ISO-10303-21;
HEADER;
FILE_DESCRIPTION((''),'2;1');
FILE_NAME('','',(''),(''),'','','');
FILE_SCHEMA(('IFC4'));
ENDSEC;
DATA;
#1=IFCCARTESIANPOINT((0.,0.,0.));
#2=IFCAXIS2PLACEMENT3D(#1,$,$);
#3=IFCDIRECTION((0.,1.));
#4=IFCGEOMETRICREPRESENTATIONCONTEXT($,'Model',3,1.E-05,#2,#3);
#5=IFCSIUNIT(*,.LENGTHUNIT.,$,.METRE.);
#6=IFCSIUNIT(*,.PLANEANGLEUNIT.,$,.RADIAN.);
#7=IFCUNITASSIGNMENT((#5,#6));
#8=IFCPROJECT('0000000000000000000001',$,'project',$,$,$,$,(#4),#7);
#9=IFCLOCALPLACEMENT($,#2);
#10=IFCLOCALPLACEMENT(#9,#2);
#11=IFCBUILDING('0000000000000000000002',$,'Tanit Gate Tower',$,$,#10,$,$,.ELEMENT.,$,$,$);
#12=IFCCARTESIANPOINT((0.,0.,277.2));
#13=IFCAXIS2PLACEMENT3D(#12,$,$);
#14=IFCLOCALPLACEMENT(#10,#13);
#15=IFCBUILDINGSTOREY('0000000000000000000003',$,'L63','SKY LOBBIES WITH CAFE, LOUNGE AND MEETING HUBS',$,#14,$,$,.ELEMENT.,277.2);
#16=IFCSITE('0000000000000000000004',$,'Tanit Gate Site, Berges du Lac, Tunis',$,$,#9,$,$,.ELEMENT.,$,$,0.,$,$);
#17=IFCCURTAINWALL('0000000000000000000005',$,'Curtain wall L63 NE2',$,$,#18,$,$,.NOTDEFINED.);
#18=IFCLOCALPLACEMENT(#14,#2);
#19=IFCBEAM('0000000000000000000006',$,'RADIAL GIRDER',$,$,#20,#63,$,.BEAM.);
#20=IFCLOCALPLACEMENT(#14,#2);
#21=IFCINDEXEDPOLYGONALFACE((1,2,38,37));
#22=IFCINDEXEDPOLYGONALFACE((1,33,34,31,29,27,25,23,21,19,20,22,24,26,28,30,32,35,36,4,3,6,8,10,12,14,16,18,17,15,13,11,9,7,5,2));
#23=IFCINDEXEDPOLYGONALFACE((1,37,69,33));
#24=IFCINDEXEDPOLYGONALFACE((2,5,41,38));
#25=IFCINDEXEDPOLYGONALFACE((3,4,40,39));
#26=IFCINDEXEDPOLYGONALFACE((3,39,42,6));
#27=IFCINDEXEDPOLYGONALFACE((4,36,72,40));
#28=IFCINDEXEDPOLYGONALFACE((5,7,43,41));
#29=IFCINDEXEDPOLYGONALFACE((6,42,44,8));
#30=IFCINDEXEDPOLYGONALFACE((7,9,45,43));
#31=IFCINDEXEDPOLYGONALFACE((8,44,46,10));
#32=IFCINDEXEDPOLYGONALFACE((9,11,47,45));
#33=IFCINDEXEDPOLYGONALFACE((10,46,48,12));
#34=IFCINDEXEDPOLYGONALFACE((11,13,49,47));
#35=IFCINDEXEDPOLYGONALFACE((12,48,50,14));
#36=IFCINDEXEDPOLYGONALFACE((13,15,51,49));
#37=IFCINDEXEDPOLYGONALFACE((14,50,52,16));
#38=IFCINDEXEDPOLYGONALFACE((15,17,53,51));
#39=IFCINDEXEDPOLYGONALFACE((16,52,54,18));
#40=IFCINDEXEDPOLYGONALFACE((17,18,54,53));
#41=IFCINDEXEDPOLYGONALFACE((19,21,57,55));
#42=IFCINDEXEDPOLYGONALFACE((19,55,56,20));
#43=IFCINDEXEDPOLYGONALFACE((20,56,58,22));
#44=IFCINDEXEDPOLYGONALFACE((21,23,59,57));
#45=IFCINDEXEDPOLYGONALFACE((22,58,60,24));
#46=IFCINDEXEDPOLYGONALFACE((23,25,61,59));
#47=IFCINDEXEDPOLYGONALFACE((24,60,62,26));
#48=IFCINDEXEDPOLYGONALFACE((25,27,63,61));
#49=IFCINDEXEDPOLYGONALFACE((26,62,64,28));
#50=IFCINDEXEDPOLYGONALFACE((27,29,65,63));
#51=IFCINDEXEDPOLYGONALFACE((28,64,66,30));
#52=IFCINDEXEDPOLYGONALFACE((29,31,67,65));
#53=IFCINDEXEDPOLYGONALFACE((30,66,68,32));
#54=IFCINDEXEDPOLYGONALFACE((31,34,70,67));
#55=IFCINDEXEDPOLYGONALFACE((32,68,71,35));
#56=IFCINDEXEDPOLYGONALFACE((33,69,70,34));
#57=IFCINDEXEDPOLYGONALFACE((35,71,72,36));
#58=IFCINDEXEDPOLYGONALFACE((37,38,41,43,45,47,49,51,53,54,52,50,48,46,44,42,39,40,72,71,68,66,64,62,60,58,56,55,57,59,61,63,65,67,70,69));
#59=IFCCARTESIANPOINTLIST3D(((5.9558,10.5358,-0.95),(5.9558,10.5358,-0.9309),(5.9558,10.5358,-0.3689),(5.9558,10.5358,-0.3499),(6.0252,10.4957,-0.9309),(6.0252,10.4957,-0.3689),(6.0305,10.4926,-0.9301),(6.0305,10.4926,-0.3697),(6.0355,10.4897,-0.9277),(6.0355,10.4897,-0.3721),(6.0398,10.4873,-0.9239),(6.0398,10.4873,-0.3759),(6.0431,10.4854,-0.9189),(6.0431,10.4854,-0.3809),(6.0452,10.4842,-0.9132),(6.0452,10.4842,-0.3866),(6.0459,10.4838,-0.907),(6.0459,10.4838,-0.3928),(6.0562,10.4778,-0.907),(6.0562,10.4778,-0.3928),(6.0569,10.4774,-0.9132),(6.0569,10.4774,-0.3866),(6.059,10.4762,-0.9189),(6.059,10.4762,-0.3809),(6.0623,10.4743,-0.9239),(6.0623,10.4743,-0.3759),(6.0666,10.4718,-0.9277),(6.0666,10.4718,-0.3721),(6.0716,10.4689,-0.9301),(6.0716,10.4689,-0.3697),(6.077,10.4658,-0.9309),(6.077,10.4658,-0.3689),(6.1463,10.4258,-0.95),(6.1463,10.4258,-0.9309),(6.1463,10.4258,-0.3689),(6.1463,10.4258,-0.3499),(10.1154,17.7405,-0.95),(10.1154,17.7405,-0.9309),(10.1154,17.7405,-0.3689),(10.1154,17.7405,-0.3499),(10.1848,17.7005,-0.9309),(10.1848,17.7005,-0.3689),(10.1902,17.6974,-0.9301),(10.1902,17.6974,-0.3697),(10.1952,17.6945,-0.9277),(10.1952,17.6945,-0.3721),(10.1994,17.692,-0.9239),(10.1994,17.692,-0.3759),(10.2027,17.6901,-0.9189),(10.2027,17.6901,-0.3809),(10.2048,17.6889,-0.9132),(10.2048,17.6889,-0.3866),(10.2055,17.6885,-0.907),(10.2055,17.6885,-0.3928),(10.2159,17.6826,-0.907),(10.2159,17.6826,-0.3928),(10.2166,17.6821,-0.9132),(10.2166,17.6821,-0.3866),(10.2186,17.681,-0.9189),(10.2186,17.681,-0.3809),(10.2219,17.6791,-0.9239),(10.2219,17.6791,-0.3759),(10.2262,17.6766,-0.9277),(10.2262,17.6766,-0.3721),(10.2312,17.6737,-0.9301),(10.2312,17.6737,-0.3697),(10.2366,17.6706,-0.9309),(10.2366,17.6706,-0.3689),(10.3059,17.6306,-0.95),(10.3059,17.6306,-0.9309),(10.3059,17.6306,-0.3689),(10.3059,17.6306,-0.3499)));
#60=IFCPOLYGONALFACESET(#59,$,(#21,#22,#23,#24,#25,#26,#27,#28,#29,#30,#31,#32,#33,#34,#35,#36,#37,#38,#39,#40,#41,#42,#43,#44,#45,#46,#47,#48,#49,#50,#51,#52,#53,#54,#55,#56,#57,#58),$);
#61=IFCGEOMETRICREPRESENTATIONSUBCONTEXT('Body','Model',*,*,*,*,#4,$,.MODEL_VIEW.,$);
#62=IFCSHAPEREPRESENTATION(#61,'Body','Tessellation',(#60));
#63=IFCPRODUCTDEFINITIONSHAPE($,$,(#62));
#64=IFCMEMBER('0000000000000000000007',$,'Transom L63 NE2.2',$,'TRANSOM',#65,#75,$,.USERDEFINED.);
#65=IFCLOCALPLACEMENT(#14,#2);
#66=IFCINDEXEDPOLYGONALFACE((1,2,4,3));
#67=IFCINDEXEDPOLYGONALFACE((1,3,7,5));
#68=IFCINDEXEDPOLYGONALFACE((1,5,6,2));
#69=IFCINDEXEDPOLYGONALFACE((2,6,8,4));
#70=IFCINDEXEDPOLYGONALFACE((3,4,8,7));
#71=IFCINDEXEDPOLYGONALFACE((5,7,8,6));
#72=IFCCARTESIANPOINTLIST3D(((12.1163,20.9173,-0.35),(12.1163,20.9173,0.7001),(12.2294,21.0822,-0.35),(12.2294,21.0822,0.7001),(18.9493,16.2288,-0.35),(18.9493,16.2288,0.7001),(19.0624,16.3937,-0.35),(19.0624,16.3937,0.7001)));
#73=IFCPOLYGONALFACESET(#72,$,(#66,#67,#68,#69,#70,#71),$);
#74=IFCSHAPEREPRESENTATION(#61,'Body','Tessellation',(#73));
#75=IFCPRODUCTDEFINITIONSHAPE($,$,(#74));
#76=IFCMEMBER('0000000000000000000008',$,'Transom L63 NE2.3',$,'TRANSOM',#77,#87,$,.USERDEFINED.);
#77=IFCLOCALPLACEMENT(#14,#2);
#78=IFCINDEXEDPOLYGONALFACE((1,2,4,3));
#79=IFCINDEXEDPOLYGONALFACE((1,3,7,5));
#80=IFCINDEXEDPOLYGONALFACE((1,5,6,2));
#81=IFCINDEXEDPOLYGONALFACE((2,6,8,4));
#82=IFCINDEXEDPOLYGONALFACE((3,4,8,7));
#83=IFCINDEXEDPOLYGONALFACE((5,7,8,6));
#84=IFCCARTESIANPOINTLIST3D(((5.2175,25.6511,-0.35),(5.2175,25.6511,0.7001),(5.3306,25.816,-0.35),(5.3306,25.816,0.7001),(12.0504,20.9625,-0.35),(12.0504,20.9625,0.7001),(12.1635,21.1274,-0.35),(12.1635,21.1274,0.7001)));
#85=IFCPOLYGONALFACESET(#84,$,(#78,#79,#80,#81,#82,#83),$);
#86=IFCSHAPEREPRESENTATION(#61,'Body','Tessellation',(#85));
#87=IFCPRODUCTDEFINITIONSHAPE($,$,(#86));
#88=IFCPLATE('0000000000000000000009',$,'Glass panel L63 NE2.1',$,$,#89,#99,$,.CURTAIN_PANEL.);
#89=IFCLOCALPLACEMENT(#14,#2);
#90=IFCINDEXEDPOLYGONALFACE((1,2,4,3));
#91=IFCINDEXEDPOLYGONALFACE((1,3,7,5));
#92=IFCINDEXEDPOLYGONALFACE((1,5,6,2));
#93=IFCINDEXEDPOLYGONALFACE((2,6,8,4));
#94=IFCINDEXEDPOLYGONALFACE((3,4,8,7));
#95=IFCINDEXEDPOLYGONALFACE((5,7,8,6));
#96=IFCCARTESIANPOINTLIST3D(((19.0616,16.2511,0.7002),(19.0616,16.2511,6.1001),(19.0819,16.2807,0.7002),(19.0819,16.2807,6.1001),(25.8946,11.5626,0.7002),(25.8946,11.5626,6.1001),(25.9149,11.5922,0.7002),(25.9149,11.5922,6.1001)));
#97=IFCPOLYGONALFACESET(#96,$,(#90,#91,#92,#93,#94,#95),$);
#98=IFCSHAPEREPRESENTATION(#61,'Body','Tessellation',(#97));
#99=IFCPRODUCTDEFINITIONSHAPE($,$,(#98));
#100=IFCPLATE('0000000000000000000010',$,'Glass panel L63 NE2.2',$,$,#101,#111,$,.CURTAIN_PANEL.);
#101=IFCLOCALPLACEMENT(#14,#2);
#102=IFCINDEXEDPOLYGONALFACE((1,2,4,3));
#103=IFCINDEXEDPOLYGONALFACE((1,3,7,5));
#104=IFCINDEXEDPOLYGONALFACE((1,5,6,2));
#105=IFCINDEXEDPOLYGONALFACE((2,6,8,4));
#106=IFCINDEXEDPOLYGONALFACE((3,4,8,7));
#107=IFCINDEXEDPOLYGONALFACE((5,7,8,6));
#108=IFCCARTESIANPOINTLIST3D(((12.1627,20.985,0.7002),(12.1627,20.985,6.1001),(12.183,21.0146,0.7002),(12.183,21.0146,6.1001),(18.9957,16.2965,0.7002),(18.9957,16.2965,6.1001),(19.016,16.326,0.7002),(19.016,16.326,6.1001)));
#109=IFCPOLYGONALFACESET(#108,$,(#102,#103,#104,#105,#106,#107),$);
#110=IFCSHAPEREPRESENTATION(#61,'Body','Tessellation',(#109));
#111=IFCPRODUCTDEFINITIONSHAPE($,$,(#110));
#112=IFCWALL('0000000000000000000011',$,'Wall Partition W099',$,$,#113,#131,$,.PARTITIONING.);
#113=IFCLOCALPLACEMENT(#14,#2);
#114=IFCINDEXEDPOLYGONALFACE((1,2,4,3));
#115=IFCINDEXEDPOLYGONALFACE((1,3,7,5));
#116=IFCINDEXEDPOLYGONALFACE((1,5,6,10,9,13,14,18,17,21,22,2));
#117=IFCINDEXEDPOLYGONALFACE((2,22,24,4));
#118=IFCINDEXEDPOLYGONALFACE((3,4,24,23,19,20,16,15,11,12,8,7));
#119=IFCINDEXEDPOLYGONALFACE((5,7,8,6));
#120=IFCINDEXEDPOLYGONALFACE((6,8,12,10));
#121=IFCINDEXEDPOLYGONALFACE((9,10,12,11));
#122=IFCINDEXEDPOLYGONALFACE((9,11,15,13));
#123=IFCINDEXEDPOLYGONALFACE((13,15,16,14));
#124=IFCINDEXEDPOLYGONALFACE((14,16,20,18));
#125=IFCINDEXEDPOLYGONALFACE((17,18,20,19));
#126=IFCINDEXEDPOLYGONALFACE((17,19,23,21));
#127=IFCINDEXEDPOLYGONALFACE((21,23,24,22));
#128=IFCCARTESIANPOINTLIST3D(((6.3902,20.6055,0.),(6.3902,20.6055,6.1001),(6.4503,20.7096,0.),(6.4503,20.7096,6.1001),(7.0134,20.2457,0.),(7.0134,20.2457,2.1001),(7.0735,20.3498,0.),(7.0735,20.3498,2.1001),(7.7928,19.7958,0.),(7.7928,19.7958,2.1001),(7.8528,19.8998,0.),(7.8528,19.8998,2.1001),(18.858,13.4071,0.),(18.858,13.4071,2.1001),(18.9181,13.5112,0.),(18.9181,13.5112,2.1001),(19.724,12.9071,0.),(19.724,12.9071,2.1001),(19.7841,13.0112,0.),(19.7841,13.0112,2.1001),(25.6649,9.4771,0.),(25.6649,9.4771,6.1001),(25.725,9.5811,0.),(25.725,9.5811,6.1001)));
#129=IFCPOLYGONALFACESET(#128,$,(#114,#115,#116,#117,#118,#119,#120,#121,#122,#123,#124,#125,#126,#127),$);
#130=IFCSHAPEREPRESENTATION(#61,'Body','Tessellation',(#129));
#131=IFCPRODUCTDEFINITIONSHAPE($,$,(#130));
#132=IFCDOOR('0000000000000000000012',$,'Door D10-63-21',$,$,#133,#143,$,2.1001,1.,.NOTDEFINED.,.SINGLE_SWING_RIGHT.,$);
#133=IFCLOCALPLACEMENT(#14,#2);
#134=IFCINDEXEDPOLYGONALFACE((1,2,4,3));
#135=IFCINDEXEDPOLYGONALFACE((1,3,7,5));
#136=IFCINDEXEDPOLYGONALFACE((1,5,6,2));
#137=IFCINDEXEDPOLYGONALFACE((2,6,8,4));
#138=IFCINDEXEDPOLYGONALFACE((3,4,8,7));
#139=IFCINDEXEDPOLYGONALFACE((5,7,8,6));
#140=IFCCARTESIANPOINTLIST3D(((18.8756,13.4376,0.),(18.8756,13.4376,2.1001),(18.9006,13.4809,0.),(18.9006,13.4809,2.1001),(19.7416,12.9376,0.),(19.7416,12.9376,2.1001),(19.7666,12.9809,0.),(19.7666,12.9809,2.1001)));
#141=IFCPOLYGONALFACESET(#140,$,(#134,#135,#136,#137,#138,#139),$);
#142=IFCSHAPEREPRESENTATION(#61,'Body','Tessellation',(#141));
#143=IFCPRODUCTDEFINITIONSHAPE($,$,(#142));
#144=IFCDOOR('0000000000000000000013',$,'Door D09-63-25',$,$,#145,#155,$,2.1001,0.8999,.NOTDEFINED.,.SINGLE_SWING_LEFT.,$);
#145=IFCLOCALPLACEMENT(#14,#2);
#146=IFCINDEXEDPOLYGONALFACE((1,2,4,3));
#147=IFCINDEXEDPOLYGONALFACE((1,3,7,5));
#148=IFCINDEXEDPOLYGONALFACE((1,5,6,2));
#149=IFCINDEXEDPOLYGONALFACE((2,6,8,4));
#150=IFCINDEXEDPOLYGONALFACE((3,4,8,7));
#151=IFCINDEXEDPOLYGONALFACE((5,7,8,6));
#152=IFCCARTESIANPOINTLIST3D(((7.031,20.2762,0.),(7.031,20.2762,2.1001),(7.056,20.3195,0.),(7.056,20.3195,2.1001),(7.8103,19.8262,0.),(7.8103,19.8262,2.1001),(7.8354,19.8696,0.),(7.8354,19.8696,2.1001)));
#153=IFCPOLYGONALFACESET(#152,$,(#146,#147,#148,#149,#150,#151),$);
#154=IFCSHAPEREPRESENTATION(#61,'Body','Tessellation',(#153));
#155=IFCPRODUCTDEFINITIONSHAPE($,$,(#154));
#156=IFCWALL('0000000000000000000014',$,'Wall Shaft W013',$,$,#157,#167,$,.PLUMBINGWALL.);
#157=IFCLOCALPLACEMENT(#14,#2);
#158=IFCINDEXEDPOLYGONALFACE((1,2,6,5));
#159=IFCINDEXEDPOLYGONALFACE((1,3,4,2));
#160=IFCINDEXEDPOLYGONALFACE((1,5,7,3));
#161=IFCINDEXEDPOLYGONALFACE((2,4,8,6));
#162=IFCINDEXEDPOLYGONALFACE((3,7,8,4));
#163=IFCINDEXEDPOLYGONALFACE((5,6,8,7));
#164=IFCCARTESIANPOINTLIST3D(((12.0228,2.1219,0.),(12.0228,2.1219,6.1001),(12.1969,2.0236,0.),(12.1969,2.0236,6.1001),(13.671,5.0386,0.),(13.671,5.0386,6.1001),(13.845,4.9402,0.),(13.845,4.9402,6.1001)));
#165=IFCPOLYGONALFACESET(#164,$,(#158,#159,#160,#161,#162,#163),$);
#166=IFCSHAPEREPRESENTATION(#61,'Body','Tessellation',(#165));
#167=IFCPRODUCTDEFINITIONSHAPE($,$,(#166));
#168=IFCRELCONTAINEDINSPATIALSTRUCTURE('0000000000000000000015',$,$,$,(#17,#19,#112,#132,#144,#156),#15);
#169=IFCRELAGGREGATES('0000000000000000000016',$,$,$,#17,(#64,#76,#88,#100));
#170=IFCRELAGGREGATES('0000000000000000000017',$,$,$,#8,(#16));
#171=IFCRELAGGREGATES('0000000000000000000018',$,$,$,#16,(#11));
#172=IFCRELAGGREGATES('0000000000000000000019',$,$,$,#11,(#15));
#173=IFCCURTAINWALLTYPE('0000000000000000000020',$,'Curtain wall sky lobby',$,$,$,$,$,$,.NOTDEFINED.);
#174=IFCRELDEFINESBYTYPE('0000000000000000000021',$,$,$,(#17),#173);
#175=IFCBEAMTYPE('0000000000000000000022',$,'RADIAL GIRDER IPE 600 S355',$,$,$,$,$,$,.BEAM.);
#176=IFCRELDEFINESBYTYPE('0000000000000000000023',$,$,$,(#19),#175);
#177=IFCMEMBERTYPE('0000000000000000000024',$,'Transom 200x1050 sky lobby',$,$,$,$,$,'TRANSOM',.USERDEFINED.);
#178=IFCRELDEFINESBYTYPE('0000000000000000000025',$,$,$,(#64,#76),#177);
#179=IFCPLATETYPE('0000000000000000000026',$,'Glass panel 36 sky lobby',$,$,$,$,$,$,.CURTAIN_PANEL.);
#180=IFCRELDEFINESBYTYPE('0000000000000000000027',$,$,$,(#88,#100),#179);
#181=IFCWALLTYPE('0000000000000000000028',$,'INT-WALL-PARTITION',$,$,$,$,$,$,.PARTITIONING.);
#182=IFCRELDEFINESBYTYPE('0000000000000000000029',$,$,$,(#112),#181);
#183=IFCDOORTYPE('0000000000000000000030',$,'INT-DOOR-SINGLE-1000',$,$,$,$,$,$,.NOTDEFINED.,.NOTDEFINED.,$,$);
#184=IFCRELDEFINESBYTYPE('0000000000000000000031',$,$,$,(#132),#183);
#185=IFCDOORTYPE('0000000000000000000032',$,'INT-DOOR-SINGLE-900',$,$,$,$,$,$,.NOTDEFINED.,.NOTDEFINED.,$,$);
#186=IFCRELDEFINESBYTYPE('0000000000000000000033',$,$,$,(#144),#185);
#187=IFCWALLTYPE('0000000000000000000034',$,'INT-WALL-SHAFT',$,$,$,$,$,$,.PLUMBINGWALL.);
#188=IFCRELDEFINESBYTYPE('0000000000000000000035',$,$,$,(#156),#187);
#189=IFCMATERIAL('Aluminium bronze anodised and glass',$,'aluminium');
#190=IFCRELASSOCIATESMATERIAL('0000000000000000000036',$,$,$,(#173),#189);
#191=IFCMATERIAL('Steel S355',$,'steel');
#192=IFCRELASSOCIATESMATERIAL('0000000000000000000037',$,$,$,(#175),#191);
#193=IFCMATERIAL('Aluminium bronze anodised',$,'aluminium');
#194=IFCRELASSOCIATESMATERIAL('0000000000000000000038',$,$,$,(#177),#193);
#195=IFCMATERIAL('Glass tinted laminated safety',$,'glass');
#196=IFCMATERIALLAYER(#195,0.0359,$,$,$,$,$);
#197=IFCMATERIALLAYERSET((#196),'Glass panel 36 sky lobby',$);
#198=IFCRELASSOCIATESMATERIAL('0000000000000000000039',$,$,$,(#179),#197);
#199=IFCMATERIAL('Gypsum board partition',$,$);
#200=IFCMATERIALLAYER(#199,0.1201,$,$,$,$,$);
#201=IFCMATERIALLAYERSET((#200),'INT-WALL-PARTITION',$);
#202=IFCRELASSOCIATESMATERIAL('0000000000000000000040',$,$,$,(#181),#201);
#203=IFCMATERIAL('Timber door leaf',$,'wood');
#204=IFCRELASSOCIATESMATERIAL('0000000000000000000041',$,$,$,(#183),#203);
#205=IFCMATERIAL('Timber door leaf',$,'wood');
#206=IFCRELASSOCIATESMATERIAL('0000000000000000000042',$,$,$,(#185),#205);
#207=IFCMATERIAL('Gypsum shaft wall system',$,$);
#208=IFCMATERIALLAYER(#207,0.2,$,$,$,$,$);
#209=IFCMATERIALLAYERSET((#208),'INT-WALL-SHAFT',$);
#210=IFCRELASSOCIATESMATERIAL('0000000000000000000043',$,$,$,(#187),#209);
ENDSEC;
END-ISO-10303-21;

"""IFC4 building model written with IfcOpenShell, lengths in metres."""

from ifc_helpers import new_model, si_unit, direction, frame, frame_2d, origin, origin_2d, place, context, subcontext, project, spatial, rectangle, i_section, extrude, material, layer, layer_set, material_profile, profile_set, type_object, element, fill, aggregate, save


model = new_model("IFC4")

# Units and contexts
model_context = context("Model", 3, precision=1e-05, world=origin(), true_north=direction((0.0, 1.0)))
body_context = subcontext(model_context, "Body", "Model", "MODEL_VIEW")
ifc_project = project(units=[si_unit("LENGTHUNIT", "METRE"), si_unit("PLANEANGLEUNIT", "RADIAN")], contexts=[model_context])

# Site, building, storey
site_placement = place(None, origin())
site = spatial("IfcSite", under=ifc_project, at=site_placement, Name="Tanit Gate Site, Berges du Lac, Tunis", CompositionType="ELEMENT", RefElevation=0.0)
building_placement = place(site_placement, origin())
building = spatial("IfcBuilding", under=site, at=building_placement, Name="Tanit Gate Tower", CompositionType="ELEMENT")
storey_placement = place(building_placement, frame((0.0, 0.0, 277.2)))
storey = spatial("IfcBuildingStorey", under=building, at=storey_placement, Name="L63", Description="SKY LOBBIES WITH CAFE, LOUNGE AND MEETING HUBS", CompositionType="ELEMENT", Elevation=277.2)

# Curtain wall
ifc_material_1 = material(Name="Aluminium bronze anodised and glass", Category="aluminium")
curtain_wall_type = type_object("IfcCurtainWallType", Name="Curtain wall sky lobby", PredefinedType="NOTDEFINED", material=ifc_material_1)
curtain_wall_placement = place(storey_placement, origin())
curtain_wall = element("IfcCurtainWall", 1, at=curtain_wall_placement, inside=storey, type_object=curtain_wall_type, Name="Curtain wall L63 NE2", PredefinedType="NOTDEFINED")

# Beam
ifc_material_2 = material(Name="Steel S355", Category="steel")
ifc_material_profile_1 = material_profile(ifc_material_2, i_section(OverallWidth=0.22, OverallDepth=0.6001, WebThickness=0.012, FlangeThickness=0.019, FilletRadius=0.0239, at=origin_2d()), Name="IPE 600")
ifc_profile_set_1 = profile_set([ifc_material_profile_1], Name="Steel S355")
beam_type = type_object("IfcBeamType", Name="RADIAL GIRDER IPE 600 S355", PredefinedType="BEAM", material=ifc_profile_set_1)
beam_1_placement = place(storey_placement, frame((10.2107, 17.6855, -0.6499), z_axis=(-0.499996, -0.866028, 0.0), x_axis=(0.866028, -0.499996, 0.0)))
element("IfcBeam", 2, at=beam_1_placement, inside=storey, type_object=beam_type, Name="RADIAL GIRDER", PredefinedType="BEAM", context=body_context, shape_type="SweptSolid", body=[
    extrude(i_section(OverallWidth=0.22, OverallDepth=0.6001, WebThickness=0.012, FlangeThickness=0.019, FilletRadius=0.0239, at=origin_2d()), origin(), (0.0, 0.0, 1.0), 8.3193),
])

# Members
ifc_material_3 = material(Name="Aluminium bronze anodised", Category="aluminium")
ifc_material_profile_2 = material_profile(ifc_material_3, rectangle(XDim=0.2, YDim=1.05, at=origin_2d()), Name="200x1050 bronze transom")
ifc_profile_set_2 = profile_set([ifc_material_profile_2], Name="Aluminium bronze anodised")
member_type_1 = type_object("IfcMemberType", Name="Transom 200x1050 sky lobby", ElementType="TRANSOM", PredefinedType="USERDEFINED", material=ifc_profile_set_2)
member_1_placement = place(storey_placement, frame((19.0059, 16.3113, 0.175), z_axis=(-0.824561, 0.565773, 0.0), x_axis=(-0.565773, -0.824561, 0.0)))
member_1 = element("IfcMember", 3, at=member_1_placement, type_object=member_type_1, Name="Transom L63 NE2.2", ObjectType="TRANSOM", PredefinedType="USERDEFINED", context=body_context, shape_type="SweptSolid", body=[
    extrude(rectangle(XDim=0.2, YDim=1.05, at=origin_2d()), origin(), (0.0, 0.0, 1.0), 8.2869),
])
member_2_placement = place(storey_placement, frame((12.1069, 21.0449, 0.175), z_axis=(-0.824547, 0.565793, 0.0), x_axis=(-0.565793, -0.824547, 0.0)))
member_2 = element("IfcMember", 4, at=member_2_placement, type_object=member_type_1, Name="Transom L63 NE2.3", ObjectType="TRANSOM", PredefinedType="USERDEFINED", context=body_context, shape_type="SweptSolid", body=[
    extrude(rectangle(XDim=0.2, YDim=1.05, at=origin_2d()), origin(), (0.0, 0.0, 1.0), 8.2869),
])

# Plates
ifc_material_4 = material(Name="Glass tinted laminated safety", Category="glass")
ifc_layer_1 = layer(ifc_material_4, 0.0359)
ifc_layer_set_1 = layer_set([ifc_layer_1], Name="Glass panel 36 sky lobby")
plate_type = type_object("IfcPlateType", Name="Glass panel 36 sky lobby", PredefinedType="CURTAIN_PANEL", material=ifc_layer_set_1)
plate_1_placement = place(storey_placement, frame((22.4883, 13.9216, 0.7002), z_axis=(0.0, 0.0, 1.0), x_axis=(-0.824557, 0.56578, 0.0)))
plate_1 = element("IfcPlate", 5, at=plate_1_placement, type_object=plate_type, Name="Glass panel L63 NE2.1", PredefinedType="CURTAIN_PANEL", context=body_context, shape_type="SweptSolid", body=[
    extrude(rectangle(XDim=8.2869, YDim=0.0359, at=origin_2d()), origin(), (0.0, 0.0, 1.0), 5.3999),
])
plate_2_placement = place(storey_placement, frame((15.5894, 18.6555, 0.7002), z_axis=(0.0, 0.0, 1.0), x_axis=(-0.824557, 0.56578, 0.0)))
plate_2 = element("IfcPlate", 6, at=plate_2_placement, type_object=plate_type, Name="Glass panel L63 NE2.2", PredefinedType="CURTAIN_PANEL", context=body_context, shape_type="SweptSolid", body=[
    extrude(rectangle(XDim=8.2869, YDim=0.0359, at=origin_2d()), origin(), (0.0, 0.0, 1.0), 5.3999),
])
aggregate(curtain_wall, [member_1, member_2, plate_1, plate_2])

# Wall, openings, doors
ifc_material_5 = material(Name="Gypsum board partition")
ifc_layer_2 = layer(ifc_material_5, 0.1201)
ifc_layer_set_2 = layer_set([ifc_layer_2], Name="INT-WALL-PARTITION")
wall_type_1 = type_object("IfcWallType", Name="INT-WALL-PARTITION", PredefinedType="PARTITIONING", material=ifc_layer_set_2)
wall_1_placement = place(storey_placement, frame((25.6951, 9.5291, 0.0), z_axis=(0.0, 0.0, 1.0), x_axis=(-0.866022, 0.500006, 0.0)))
wall_1 = element("IfcWall", 7, at=wall_1_placement, inside=storey, type_object=wall_type_1, Name="Wall Partition W099", PredefinedType="PARTITIONING", context=body_context, shape_type="SweptSolid", body=[
    extrude(rectangle(XDim=22.2566, YDim=0.1201, at=frame_2d((11.1284, 0.0))), origin(), (0.0, 0.0, 1.0), 6.1001),
])
opening_1_placement = place(wall_1_placement, frame((6.8601, 0.0, 0.0)))
opening_1 = element("IfcOpeningElement", 8, at=opening_1_placement, cuts=wall_1, PredefinedType="OPENING", context=body_context, shape_type="SweptSolid", body=[
    extrude(rectangle(XDim=1.0, YDim=2.1001, at=frame_2d((0.5, 1.05))), frame((0.0, 0.0701, 0.0), z_axis=(0.0, -1.0, 0.0), x_axis=(1.0, 0.0, 0.0)), (0.0, 0.0, 1.0), 0.1401),
])
opening_2_placement = place(wall_1_placement, frame((20.6372, 0.0, 0.0)))
opening_2 = element("IfcOpeningElement", 9, at=opening_2_placement, cuts=wall_1, PredefinedType="OPENING", context=body_context, shape_type="SweptSolid", body=[
    extrude(rectangle(XDim=0.8999, YDim=2.1001, at=frame_2d((0.45, 1.05))), frame((0.0, 0.0701, 0.0), z_axis=(0.0, -1.0, 0.0), x_axis=(1.0, 0.0, 0.0)), (0.0, 0.0, 1.0), 0.1401),
])
ifc_material_6 = material(Name="Timber door leaf", Category="wood")
door_type_1 = type_object("IfcDoorType", Name="INT-DOOR-SINGLE-1000", OperationType="NOTDEFINED", PredefinedType="NOTDEFINED", material=ifc_material_6)
door_1_placement = place(opening_1_placement, origin())
door_1 = element("IfcDoor", 10, at=door_1_placement, inside=storey, type_object=door_type_1, Name="Door D10-63-21", OperationType="SINGLE_SWING_RIGHT", OverallHeight=2.1001, OverallWidth=1.0, PredefinedType="NOTDEFINED", context=body_context, shape_type="SweptSolid", body=[
    extrude(rectangle(XDim=1.0, YDim=2.1001, at=frame_2d((0.5, 1.05))), frame((0.0, 0.0249, 0.0), z_axis=(0.0, -1.0, 0.0), x_axis=(1.0, 0.0, 0.0)), (0.0, 0.0, 1.0), 0.05),
])
fill(opening_1, door_1)
ifc_material_7 = material(Name="Timber door leaf", Category="wood")
door_type_2 = type_object("IfcDoorType", Name="INT-DOOR-SINGLE-900", OperationType="NOTDEFINED", PredefinedType="NOTDEFINED", material=ifc_material_7)
door_2_placement = place(opening_2_placement, origin())
door_2 = element("IfcDoor", 11, at=door_2_placement, inside=storey, type_object=door_type_2, Name="Door D09-63-25", OperationType="SINGLE_SWING_LEFT", OverallHeight=2.1001, OverallWidth=0.8999, PredefinedType="NOTDEFINED", context=body_context, shape_type="SweptSolid", body=[
    extrude(rectangle(XDim=0.8999, YDim=2.1001, at=frame_2d((0.45, 1.05))), frame((0.0, 0.0249, 0.0), z_axis=(0.0, -1.0, 0.0), x_axis=(1.0, 0.0, 0.0)), (0.0, 0.0, 1.0), 0.05),
])
fill(opening_2, door_2)

# Wall
ifc_material_8 = material(Name="Gypsum shaft wall system")
ifc_layer_3 = layer(ifc_material_8, 0.2)
ifc_layer_set_3 = layer_set([ifc_layer_3], Name="INT-WALL-SHAFT")
wall_type_2 = type_object("IfcWallType", Name="INT-WALL-SHAFT", PredefinedType="PLUMBINGWALL", material=ifc_layer_set_3)
wall_2_placement = place(storey_placement, frame((12.1099, 2.0728, 0.0), z_axis=(0.0, 0.0, 1.0), x_axis=(0.491966, 0.870614, 0.0)))
element("IfcWall", 12, at=wall_2_placement, inside=storey, type_object=wall_type_2, Name="Wall Shaft W013", PredefinedType="PLUMBINGWALL", context=body_context, shape_type="SweptSolid", body=[
    extrude(rectangle(XDim=3.3501, YDim=0.2, at=frame_2d((1.675, 0.0))), origin(), (0.0, 0.0, 1.0), 6.1001),
])

save(model, "model.ifc")
